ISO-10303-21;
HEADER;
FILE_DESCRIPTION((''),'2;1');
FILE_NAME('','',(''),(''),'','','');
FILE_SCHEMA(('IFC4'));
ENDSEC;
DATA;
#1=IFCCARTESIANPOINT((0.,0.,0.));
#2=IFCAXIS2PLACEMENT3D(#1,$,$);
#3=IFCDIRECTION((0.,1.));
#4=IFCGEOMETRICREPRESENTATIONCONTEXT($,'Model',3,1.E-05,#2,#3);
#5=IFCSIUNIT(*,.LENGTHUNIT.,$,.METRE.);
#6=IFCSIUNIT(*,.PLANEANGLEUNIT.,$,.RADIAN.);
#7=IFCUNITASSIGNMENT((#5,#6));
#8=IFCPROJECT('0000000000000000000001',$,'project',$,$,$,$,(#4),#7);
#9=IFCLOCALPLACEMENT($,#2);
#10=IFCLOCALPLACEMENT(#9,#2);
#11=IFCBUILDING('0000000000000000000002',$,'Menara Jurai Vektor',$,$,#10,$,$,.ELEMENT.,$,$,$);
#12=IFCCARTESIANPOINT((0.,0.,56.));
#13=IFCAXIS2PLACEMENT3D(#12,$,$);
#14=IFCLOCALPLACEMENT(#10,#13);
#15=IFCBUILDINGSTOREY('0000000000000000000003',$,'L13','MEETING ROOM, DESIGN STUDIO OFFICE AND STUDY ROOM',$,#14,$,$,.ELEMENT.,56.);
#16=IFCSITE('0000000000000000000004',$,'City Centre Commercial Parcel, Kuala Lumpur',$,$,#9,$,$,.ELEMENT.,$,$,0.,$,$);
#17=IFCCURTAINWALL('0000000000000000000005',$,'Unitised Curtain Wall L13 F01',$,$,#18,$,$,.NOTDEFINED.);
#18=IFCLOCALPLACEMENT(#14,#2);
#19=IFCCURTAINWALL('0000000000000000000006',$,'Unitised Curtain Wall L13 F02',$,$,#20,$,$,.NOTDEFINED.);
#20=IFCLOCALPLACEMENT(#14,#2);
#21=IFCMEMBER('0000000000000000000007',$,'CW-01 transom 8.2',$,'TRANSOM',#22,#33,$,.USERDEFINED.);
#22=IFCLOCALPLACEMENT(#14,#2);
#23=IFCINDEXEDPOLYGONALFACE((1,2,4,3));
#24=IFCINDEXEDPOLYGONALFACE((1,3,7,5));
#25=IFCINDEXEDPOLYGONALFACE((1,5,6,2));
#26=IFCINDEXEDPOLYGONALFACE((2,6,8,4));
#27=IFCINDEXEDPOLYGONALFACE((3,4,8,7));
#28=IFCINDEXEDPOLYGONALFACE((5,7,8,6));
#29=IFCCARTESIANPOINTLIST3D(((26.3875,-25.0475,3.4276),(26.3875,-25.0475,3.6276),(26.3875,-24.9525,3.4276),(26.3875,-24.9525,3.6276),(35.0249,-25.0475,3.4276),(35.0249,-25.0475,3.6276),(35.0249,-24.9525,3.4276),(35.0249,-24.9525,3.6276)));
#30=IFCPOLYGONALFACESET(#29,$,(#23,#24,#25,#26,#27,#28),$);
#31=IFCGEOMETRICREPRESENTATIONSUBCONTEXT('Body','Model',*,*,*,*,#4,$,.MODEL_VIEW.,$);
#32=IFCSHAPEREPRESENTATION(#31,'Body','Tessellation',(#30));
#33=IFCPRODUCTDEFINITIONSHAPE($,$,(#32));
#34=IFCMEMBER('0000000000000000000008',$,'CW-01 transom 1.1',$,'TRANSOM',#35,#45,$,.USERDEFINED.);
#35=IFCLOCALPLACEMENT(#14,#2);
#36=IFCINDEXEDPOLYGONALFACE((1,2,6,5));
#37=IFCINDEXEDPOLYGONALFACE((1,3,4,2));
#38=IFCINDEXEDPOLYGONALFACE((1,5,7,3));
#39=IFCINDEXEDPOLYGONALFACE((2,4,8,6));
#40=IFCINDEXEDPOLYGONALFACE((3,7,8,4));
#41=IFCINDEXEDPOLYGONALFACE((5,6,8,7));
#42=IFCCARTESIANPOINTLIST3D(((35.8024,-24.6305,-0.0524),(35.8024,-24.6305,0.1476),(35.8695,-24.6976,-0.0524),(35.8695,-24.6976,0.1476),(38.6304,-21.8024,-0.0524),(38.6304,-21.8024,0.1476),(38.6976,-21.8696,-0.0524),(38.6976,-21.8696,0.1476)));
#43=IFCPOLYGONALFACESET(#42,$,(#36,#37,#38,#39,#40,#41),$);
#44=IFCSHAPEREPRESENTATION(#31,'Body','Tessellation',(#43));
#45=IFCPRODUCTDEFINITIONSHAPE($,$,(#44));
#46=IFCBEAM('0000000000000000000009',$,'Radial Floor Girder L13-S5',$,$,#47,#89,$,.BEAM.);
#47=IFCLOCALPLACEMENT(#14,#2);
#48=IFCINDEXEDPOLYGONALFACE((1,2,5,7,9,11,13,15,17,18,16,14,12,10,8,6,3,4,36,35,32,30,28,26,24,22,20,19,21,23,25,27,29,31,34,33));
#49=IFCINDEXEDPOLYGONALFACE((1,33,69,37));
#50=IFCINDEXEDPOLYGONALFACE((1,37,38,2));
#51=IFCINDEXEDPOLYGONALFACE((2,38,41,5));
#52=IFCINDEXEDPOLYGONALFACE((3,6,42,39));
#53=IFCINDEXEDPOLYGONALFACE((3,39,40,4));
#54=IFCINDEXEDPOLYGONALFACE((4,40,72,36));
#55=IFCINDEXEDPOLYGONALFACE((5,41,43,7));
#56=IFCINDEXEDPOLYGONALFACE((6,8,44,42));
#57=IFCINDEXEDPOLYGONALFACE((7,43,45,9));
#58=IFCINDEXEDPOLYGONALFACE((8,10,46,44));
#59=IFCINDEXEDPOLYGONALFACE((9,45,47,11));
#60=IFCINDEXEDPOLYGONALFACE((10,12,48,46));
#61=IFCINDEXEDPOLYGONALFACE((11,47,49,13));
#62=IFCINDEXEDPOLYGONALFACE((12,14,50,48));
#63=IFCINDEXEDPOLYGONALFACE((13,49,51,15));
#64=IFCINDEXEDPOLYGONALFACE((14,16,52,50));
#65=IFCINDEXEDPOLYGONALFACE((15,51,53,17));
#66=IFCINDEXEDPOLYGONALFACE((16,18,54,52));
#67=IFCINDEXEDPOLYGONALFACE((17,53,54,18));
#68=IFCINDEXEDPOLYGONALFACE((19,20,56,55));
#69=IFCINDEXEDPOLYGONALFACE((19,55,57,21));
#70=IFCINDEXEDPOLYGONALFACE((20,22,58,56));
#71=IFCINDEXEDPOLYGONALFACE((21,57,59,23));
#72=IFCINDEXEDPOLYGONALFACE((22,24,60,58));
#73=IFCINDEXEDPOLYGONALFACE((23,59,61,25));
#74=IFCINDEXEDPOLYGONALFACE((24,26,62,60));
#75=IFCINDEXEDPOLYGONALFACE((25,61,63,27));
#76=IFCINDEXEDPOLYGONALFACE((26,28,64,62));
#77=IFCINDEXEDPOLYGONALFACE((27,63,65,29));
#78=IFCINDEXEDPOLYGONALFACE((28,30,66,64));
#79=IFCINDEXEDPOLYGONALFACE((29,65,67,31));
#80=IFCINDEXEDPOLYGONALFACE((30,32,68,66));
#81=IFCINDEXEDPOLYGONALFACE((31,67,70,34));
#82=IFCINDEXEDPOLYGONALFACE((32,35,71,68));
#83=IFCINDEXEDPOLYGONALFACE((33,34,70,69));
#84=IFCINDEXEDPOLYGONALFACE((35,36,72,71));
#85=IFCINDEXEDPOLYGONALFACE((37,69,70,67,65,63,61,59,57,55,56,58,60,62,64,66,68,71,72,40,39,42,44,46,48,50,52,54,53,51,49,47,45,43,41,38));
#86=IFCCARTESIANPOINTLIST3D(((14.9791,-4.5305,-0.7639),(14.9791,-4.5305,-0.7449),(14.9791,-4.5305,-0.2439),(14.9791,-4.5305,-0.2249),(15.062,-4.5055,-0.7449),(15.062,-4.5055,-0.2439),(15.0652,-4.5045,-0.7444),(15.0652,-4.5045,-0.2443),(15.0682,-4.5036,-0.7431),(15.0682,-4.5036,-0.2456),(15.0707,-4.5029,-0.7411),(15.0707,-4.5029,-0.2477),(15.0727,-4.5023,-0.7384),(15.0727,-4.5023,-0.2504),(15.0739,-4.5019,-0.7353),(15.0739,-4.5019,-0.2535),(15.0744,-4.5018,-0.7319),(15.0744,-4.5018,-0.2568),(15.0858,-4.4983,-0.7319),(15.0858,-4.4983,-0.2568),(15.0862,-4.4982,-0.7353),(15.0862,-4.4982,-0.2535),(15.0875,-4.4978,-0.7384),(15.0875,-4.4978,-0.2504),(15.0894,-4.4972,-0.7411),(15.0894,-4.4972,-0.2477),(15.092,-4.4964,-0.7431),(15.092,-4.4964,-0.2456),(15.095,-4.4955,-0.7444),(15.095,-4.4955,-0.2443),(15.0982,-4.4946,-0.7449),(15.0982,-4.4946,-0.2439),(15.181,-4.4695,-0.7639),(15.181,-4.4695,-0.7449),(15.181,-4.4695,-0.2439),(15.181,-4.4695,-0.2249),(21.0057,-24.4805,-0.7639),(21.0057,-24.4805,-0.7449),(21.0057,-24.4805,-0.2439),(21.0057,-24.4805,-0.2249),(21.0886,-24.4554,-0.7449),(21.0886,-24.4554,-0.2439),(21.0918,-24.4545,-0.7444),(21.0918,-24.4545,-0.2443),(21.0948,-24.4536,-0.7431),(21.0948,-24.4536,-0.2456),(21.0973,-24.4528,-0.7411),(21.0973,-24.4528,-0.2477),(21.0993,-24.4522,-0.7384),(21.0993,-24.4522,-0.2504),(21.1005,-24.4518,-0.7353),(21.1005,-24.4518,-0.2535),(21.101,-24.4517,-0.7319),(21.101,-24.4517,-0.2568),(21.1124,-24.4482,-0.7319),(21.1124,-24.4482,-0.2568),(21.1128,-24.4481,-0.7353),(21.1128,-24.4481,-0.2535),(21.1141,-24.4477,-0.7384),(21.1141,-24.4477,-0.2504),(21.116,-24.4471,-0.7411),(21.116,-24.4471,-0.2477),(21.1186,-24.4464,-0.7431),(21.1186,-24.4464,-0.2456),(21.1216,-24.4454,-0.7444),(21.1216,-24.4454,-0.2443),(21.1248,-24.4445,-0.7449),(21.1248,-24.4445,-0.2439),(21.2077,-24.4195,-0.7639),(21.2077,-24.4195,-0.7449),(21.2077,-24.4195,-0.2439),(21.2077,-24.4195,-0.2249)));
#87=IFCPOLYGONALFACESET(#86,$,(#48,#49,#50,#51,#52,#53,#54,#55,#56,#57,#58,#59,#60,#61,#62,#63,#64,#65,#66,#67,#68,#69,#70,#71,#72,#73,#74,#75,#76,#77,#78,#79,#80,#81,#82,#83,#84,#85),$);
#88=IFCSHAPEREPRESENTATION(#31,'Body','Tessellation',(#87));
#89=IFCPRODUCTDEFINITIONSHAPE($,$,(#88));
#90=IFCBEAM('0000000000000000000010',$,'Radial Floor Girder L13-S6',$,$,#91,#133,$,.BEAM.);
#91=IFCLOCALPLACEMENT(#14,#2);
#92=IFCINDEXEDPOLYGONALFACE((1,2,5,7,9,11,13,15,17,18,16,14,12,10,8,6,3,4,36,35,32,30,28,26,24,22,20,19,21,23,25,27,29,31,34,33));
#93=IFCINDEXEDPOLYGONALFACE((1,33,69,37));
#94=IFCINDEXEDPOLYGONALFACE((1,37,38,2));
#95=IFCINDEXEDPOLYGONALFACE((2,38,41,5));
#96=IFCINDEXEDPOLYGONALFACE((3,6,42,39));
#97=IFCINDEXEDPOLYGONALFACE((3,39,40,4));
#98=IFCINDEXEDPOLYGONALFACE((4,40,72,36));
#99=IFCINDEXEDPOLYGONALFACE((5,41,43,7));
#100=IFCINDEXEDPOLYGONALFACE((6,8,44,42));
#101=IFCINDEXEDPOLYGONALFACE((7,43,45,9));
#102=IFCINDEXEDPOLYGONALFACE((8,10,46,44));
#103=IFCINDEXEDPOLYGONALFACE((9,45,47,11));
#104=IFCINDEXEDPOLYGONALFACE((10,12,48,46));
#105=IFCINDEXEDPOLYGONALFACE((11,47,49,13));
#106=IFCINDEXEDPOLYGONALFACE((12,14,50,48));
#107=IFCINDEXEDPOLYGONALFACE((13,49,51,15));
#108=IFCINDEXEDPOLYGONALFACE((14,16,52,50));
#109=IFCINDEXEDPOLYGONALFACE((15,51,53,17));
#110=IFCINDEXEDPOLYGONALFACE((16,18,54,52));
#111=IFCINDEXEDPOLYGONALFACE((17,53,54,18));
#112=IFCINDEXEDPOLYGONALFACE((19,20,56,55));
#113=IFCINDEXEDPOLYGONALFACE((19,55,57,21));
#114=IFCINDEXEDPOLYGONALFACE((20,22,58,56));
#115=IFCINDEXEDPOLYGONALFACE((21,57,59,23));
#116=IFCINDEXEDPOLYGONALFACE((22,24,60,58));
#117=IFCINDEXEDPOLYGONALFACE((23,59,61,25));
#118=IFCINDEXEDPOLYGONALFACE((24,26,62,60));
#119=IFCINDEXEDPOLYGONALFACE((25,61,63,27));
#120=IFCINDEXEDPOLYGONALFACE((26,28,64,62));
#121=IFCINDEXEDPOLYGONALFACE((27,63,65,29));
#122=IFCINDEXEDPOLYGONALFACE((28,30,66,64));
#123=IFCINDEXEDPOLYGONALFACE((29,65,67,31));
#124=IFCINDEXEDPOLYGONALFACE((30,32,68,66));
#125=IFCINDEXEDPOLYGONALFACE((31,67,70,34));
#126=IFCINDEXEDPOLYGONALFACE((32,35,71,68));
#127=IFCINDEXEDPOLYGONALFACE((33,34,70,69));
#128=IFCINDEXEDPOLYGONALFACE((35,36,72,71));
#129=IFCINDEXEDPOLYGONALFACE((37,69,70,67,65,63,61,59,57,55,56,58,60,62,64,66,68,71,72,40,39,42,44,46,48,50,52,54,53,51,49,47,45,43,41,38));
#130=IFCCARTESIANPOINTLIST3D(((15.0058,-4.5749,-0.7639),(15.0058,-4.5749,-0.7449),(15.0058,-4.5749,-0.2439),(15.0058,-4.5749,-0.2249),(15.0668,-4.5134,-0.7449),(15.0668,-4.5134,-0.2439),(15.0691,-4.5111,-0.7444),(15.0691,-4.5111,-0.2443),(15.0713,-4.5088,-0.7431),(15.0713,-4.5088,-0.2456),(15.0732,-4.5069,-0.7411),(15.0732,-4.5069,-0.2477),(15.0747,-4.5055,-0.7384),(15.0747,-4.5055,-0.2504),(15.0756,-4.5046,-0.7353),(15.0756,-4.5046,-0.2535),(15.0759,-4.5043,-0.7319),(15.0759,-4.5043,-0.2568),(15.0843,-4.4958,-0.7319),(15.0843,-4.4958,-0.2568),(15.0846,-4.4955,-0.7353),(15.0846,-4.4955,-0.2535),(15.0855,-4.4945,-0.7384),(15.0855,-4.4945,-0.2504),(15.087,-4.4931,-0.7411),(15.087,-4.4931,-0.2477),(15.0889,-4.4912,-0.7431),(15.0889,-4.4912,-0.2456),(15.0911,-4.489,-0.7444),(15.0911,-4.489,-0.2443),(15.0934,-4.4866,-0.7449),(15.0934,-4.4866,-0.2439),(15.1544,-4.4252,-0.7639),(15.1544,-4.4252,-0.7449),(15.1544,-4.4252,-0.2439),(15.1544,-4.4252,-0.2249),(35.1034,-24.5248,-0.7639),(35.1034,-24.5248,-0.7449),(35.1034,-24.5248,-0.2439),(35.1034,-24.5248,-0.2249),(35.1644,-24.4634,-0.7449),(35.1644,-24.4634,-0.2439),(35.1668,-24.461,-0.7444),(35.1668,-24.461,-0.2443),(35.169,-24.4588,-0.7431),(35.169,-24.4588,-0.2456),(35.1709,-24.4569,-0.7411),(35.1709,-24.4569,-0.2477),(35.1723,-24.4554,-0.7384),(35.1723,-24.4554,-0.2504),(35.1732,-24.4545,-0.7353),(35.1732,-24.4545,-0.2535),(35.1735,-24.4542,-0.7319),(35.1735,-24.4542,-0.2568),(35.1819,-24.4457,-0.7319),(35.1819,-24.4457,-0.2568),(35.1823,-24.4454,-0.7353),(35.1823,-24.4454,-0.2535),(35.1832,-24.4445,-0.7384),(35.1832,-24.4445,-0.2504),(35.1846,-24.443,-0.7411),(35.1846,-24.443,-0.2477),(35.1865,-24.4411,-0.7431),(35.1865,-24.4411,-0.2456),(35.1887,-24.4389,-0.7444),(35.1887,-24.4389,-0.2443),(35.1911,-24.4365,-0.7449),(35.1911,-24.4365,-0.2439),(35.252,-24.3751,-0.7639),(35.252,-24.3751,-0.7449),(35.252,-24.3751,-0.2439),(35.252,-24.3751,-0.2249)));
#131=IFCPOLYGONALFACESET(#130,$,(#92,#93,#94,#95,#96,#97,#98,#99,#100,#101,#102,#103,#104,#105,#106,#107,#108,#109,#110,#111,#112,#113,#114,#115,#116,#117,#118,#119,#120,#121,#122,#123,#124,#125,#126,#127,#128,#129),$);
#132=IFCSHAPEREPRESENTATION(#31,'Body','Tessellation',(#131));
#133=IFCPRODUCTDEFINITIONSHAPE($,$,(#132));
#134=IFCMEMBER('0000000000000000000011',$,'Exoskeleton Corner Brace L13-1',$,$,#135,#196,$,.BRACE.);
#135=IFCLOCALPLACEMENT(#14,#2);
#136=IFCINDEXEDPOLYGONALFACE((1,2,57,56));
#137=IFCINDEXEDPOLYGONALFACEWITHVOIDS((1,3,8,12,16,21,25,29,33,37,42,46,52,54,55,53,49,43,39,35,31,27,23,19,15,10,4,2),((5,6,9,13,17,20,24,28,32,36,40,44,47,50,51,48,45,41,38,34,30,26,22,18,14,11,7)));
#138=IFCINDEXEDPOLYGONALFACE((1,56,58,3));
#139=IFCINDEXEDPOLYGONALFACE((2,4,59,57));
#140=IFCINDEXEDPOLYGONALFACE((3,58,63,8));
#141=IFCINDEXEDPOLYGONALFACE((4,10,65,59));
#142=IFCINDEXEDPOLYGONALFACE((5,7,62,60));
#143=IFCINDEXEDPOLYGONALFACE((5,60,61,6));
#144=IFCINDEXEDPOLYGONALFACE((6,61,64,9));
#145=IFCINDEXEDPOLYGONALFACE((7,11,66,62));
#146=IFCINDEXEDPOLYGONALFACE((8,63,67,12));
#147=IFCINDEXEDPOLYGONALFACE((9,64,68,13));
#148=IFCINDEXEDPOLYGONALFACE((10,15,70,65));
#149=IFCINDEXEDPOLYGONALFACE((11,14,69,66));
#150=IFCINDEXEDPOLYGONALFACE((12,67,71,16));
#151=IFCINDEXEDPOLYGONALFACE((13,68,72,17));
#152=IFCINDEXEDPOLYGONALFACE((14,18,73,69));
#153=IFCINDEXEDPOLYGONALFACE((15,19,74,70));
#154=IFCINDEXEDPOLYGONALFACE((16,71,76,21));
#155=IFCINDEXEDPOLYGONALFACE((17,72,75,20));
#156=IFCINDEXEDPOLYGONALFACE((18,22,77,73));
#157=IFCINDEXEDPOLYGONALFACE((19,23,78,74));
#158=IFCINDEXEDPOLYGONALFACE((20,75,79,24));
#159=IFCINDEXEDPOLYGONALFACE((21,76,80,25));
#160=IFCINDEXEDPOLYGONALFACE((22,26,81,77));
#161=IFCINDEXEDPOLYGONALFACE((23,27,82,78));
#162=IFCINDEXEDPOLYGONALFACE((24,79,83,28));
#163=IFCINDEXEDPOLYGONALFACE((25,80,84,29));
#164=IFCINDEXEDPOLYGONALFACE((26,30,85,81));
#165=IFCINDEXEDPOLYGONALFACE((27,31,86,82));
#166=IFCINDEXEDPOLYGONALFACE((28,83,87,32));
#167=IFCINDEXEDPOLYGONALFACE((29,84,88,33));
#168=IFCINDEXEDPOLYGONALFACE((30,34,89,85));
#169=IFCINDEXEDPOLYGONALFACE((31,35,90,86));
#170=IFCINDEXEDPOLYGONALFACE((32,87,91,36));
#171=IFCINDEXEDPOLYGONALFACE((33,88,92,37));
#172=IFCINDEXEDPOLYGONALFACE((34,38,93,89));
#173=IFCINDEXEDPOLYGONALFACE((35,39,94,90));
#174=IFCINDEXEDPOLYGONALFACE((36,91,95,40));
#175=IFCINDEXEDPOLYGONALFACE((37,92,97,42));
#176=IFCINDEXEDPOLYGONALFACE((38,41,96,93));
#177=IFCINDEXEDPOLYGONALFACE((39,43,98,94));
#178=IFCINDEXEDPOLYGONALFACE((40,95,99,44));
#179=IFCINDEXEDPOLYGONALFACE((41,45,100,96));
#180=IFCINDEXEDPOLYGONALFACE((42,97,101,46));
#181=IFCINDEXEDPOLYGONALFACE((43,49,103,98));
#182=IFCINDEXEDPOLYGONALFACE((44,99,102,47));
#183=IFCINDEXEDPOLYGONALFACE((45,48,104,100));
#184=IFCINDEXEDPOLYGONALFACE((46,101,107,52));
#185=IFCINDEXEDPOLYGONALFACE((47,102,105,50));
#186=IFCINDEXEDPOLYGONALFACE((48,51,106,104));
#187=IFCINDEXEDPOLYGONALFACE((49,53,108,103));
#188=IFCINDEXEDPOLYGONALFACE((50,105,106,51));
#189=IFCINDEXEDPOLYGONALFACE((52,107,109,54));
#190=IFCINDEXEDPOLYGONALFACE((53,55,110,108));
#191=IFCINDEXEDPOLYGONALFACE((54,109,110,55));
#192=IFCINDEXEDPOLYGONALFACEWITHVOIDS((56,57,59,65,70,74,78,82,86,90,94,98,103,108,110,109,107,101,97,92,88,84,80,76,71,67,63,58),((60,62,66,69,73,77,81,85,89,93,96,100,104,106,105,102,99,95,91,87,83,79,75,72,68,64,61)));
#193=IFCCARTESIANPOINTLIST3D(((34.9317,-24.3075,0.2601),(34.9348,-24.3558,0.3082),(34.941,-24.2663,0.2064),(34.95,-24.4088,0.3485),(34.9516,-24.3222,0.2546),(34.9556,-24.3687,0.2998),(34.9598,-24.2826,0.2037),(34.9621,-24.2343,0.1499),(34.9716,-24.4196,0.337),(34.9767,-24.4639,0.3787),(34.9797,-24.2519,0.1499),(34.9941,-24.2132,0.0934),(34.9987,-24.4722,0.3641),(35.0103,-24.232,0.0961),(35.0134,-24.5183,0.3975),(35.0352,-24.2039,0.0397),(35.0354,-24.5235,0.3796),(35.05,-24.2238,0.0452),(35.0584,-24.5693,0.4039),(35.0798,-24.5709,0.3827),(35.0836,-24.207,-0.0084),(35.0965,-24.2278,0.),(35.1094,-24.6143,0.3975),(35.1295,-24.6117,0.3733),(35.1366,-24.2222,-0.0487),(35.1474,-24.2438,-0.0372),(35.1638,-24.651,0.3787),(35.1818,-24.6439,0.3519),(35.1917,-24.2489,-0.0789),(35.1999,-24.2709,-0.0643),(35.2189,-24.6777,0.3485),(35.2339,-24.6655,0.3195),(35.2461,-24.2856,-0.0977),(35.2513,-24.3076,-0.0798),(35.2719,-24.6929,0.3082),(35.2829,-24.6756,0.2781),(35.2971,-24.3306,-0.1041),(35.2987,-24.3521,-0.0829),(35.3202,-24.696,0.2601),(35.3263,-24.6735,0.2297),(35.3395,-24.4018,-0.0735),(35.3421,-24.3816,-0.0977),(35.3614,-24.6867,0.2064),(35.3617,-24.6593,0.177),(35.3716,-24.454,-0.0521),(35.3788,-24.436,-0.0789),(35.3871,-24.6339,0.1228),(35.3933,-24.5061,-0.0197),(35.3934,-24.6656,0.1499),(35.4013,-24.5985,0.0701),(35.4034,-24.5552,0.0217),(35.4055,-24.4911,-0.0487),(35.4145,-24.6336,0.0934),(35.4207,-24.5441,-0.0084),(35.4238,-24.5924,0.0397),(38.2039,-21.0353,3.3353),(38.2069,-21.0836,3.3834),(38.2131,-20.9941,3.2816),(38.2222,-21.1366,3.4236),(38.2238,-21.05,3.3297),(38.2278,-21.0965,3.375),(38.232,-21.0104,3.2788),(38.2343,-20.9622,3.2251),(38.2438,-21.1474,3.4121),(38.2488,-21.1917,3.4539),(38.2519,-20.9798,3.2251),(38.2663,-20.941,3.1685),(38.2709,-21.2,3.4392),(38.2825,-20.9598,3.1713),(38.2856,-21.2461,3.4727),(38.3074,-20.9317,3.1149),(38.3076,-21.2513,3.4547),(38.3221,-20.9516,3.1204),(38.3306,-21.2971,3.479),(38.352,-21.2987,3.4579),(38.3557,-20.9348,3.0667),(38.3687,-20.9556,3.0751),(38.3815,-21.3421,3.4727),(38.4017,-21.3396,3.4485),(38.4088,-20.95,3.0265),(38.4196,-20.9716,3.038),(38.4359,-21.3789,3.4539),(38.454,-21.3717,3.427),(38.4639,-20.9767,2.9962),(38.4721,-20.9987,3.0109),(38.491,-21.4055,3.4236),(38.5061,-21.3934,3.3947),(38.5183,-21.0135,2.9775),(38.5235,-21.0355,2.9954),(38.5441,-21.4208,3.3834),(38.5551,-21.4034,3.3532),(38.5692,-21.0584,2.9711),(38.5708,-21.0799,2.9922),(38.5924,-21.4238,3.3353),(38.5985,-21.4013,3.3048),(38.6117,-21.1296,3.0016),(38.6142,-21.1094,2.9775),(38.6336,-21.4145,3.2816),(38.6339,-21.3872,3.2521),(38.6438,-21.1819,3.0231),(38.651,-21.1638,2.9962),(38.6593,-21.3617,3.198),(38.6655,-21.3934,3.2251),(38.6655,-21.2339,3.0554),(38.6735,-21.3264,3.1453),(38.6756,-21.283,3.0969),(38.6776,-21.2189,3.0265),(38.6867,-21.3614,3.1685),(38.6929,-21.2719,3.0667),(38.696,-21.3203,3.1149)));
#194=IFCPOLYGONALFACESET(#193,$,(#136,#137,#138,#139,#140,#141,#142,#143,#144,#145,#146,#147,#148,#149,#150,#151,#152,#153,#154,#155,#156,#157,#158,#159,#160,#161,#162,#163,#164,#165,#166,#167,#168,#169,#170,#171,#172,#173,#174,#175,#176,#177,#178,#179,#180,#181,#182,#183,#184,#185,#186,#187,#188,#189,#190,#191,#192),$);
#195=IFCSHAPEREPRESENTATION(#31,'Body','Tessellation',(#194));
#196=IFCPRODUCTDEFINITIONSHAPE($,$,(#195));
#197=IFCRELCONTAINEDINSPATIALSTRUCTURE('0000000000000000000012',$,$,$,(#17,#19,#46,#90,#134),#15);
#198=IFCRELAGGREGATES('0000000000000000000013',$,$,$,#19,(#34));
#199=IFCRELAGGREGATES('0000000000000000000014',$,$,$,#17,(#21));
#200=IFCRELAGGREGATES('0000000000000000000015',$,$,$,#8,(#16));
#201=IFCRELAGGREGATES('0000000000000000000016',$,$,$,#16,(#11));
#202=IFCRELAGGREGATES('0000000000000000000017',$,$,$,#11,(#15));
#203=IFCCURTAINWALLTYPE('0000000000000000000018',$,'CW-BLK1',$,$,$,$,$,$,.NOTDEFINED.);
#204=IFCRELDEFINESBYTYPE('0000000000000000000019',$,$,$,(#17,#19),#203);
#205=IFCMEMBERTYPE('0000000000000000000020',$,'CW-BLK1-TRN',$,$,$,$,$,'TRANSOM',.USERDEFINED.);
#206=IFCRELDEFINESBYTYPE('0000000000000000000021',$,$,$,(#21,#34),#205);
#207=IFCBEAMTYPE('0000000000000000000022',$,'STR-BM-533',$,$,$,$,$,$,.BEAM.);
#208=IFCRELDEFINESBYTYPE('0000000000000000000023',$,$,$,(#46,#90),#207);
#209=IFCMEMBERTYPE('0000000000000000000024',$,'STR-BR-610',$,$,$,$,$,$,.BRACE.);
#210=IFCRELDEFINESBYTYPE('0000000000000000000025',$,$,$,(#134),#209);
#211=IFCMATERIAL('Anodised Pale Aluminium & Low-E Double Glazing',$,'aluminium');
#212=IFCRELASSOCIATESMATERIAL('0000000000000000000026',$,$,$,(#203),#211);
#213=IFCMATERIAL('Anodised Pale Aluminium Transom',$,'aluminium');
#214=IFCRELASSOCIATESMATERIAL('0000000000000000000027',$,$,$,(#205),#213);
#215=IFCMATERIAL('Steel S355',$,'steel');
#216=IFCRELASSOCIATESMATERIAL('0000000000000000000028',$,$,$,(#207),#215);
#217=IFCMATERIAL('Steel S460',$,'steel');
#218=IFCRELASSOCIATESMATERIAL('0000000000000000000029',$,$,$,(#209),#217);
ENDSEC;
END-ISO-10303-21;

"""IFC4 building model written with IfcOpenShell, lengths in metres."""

from ifc_helpers import new_model, si_unit, direction, frame, origin, origin_2d, place, context, subcontext, project, spatial, rectangle, hollow_circle, i_section, extrude, material, material_profile, profile_set, type_object, element, aggregate, save


model = new_model("IFC4")

# Units and contexts
model_context = context("Model", 3, precision=1e-05, world=origin(), true_north=direction((0.0, 1.0)))
body_context = subcontext(model_context, "Body", "Model", "MODEL_VIEW")
ifc_project = project(units=[si_unit("LENGTHUNIT", "METRE"), si_unit("PLANEANGLEUNIT", "RADIAN")], contexts=[model_context])

# Site, building, storey
site_placement = place(None, origin())
site = spatial("IfcSite", under=ifc_project, at=site_placement, Name="City Centre Commercial Parcel, Kuala Lumpur", CompositionType="ELEMENT", RefElevation=0.0)
building_placement = place(site_placement, origin())
building = spatial("IfcBuilding", under=site, at=building_placement, Name="Menara Jurai Vektor", CompositionType="ELEMENT")
storey_placement = place(building_placement, frame((0.0, 0.0, 56.0)))
storey = spatial("IfcBuildingStorey", under=building, at=storey_placement, Name="L13", Description="MEETING ROOM, DESIGN STUDIO OFFICE AND STUDY ROOM", CompositionType="ELEMENT", Elevation=56.0)

# Shared definitions
ifc_material_1 = material(Name="Steel S460", Category="steel")

# Curtain wall
ifc_material_2 = material(Name="Anodised Pale Aluminium & Low-E Double Glazing", Category="aluminium")
curtain_wall_type = type_object("IfcCurtainWallType", Name="CW-BLK1", PredefinedType="NOTDEFINED", material=ifc_material_2)
curtain_wall_1_placement = place(storey_placement, origin())
curtain_wall_1 = element("IfcCurtainWall", 1, at=curtain_wall_1_placement, inside=storey, type_object=curtain_wall_type, Name="Unitised Curtain Wall L13 F01", PredefinedType="NOTDEFINED")

# Curtain wall
curtain_wall_2_placement = place(storey_placement, origin())
curtain_wall_2 = element("IfcCurtainWall", 2, at=curtain_wall_2_placement, inside=storey, type_object=curtain_wall_type, Name="Unitised Curtain Wall L13 F02", PredefinedType="NOTDEFINED")

# Members
ifc_material_3 = material(Name="Anodised Pale Aluminium Transom", Category="aluminium")
ifc_material_profile_1 = material_profile(ifc_material_3, rectangle(XDim=0.095, YDim=0.2, at=origin_2d()), Name="ALU TRN 95x200")
ifc_profile_set_1 = profile_set([ifc_material_profile_1], Name="Anodised Pale Aluminium Transom")
member_type_1 = type_object("IfcMemberType", Name="CW-BLK1-TRN", ElementType="TRANSOM", PredefinedType="USERDEFINED", material=ifc_profile_set_1)
member_1_placement = place(storey_placement, frame((26.3875, -25.0, 3.5276), z_axis=(1.0, 0.0, 0.0), x_axis=(0.0, 1.0, 0.0)))
member_1 = element("IfcMember", 3, at=member_1_placement, type_object=member_type_1, Name="CW-01 transom 8.2", ObjectType="TRANSOM", PredefinedType="USERDEFINED", context=body_context, shape_type="SweptSolid", body=[
    extrude(rectangle(XDim=0.095, YDim=0.2, at=origin_2d()), origin(), (0.0, 0.0, 1.0), 8.6375),
])
member_2_placement = place(storey_placement, frame((35.8359, -24.6641, 0.0476), z_axis=(0.707107, 0.707107, 0.0), x_axis=(-0.707107, 0.707107, 0.0)))
member_2 = element("IfcMember", 4, at=member_2_placement, type_object=member_type_1, Name="CW-01 transom 1.1", ObjectType="TRANSOM", PredefinedType="USERDEFINED", context=body_context, shape_type="SweptSolid", body=[
    extrude(rectangle(XDim=0.095, YDim=0.2, at=origin_2d()), origin(), (0.0, 0.0, 1.0), 3.9995),
])
aggregate(curtain_wall_2, [member_2])

# Beams
ifc_material_4 = material(Name="Steel S355", Category="steel")
ifc_material_profile_2 = material_profile(ifc_material_4, i_section(OverallWidth=0.2109, OverallDepth=0.5391, WebThickness=0.012, FlangeThickness=0.019, FilletRadius=0.0129, at=origin_2d()), Name="UKB 533x210x109")
ifc_profile_set_2 = profile_set([ifc_material_profile_2], Name="Steel S355")
beam_type_1 = type_object("IfcBeamType", Name="STR-BM-533", PredefinedType="BEAM", material=ifc_profile_set_2)
beam_1_placement = place(storey_placement, frame((21.1067, -24.45, -0.4944), z_axis=(-0.28918, 0.957275, 0.0), x_axis=(-0.957275, -0.28918, 0.0)))
element("IfcBeam", 5, at=beam_1_placement, inside=storey, type_object=beam_type_1, Name="Radial Floor Girder L13-S5", PredefinedType="BEAM", context=body_context, shape_type="SweptSolid", body=[
    extrude(i_section(OverallWidth=0.2109, OverallDepth=0.5391, WebThickness=0.012, FlangeThickness=0.019, FilletRadius=0.0129, at=origin_2d()), origin(), (0.0, 0.0, 1.0), 20.8403),
])
beam_2_placement = place(storey_placement, frame((35.1777, -24.45, -0.4944), z_axis=(-0.70971, 0.704494, 0.0), x_axis=(-0.704494, -0.70971, 0.0)))
element("IfcBeam", 6, at=beam_2_placement, inside=storey, type_object=beam_type_1, Name="Radial Floor Girder L13-S6", PredefinedType="BEAM", context=body_context, shape_type="SweptSolid", body=[
    extrude(i_section(OverallWidth=0.2109, OverallDepth=0.5391, WebThickness=0.012, FlangeThickness=0.019, FilletRadius=0.0129, at=origin_2d()), origin(), (0.0, 0.0, 1.0), 28.3181),
])

# Member
ifc_material_profile_3 = material_profile(ifc_material_1, hollow_circle(Radius=0.3049, WallThickness=0.0249, at=origin_2d()), Name="CHS 610x25")
ifc_profile_set_3 = profile_set([ifc_material_profile_3], Name="Steel S460")
member_type_2 = type_object("IfcMemberType", Name="STR-BR-610", PredefinedType="BRACE", material=ifc_profile_set_3)
member_3_placement = place(storey_placement, frame((35.1777, -24.45, 0.1499), z_axis=(0.588928, 0.588928, 0.553469), x_axis=(-0.707107, 0.707107, 0.0)))
element("IfcMember", 7, at=member_3_placement, inside=storey, type_object=member_type_2, Name="Exoskeleton Corner Brace L13-1", PredefinedType="BRACE", context=body_context, shape_type="SweptSolid", body=[
    extrude(hollow_circle(Radius=0.3049, WallThickness=0.0249, at=origin_2d()), origin(), (0.0, 0.0, 1.0), 5.5562),
])

aggregate(curtain_wall_1, [member_1])

save(model, "model.ifc")
